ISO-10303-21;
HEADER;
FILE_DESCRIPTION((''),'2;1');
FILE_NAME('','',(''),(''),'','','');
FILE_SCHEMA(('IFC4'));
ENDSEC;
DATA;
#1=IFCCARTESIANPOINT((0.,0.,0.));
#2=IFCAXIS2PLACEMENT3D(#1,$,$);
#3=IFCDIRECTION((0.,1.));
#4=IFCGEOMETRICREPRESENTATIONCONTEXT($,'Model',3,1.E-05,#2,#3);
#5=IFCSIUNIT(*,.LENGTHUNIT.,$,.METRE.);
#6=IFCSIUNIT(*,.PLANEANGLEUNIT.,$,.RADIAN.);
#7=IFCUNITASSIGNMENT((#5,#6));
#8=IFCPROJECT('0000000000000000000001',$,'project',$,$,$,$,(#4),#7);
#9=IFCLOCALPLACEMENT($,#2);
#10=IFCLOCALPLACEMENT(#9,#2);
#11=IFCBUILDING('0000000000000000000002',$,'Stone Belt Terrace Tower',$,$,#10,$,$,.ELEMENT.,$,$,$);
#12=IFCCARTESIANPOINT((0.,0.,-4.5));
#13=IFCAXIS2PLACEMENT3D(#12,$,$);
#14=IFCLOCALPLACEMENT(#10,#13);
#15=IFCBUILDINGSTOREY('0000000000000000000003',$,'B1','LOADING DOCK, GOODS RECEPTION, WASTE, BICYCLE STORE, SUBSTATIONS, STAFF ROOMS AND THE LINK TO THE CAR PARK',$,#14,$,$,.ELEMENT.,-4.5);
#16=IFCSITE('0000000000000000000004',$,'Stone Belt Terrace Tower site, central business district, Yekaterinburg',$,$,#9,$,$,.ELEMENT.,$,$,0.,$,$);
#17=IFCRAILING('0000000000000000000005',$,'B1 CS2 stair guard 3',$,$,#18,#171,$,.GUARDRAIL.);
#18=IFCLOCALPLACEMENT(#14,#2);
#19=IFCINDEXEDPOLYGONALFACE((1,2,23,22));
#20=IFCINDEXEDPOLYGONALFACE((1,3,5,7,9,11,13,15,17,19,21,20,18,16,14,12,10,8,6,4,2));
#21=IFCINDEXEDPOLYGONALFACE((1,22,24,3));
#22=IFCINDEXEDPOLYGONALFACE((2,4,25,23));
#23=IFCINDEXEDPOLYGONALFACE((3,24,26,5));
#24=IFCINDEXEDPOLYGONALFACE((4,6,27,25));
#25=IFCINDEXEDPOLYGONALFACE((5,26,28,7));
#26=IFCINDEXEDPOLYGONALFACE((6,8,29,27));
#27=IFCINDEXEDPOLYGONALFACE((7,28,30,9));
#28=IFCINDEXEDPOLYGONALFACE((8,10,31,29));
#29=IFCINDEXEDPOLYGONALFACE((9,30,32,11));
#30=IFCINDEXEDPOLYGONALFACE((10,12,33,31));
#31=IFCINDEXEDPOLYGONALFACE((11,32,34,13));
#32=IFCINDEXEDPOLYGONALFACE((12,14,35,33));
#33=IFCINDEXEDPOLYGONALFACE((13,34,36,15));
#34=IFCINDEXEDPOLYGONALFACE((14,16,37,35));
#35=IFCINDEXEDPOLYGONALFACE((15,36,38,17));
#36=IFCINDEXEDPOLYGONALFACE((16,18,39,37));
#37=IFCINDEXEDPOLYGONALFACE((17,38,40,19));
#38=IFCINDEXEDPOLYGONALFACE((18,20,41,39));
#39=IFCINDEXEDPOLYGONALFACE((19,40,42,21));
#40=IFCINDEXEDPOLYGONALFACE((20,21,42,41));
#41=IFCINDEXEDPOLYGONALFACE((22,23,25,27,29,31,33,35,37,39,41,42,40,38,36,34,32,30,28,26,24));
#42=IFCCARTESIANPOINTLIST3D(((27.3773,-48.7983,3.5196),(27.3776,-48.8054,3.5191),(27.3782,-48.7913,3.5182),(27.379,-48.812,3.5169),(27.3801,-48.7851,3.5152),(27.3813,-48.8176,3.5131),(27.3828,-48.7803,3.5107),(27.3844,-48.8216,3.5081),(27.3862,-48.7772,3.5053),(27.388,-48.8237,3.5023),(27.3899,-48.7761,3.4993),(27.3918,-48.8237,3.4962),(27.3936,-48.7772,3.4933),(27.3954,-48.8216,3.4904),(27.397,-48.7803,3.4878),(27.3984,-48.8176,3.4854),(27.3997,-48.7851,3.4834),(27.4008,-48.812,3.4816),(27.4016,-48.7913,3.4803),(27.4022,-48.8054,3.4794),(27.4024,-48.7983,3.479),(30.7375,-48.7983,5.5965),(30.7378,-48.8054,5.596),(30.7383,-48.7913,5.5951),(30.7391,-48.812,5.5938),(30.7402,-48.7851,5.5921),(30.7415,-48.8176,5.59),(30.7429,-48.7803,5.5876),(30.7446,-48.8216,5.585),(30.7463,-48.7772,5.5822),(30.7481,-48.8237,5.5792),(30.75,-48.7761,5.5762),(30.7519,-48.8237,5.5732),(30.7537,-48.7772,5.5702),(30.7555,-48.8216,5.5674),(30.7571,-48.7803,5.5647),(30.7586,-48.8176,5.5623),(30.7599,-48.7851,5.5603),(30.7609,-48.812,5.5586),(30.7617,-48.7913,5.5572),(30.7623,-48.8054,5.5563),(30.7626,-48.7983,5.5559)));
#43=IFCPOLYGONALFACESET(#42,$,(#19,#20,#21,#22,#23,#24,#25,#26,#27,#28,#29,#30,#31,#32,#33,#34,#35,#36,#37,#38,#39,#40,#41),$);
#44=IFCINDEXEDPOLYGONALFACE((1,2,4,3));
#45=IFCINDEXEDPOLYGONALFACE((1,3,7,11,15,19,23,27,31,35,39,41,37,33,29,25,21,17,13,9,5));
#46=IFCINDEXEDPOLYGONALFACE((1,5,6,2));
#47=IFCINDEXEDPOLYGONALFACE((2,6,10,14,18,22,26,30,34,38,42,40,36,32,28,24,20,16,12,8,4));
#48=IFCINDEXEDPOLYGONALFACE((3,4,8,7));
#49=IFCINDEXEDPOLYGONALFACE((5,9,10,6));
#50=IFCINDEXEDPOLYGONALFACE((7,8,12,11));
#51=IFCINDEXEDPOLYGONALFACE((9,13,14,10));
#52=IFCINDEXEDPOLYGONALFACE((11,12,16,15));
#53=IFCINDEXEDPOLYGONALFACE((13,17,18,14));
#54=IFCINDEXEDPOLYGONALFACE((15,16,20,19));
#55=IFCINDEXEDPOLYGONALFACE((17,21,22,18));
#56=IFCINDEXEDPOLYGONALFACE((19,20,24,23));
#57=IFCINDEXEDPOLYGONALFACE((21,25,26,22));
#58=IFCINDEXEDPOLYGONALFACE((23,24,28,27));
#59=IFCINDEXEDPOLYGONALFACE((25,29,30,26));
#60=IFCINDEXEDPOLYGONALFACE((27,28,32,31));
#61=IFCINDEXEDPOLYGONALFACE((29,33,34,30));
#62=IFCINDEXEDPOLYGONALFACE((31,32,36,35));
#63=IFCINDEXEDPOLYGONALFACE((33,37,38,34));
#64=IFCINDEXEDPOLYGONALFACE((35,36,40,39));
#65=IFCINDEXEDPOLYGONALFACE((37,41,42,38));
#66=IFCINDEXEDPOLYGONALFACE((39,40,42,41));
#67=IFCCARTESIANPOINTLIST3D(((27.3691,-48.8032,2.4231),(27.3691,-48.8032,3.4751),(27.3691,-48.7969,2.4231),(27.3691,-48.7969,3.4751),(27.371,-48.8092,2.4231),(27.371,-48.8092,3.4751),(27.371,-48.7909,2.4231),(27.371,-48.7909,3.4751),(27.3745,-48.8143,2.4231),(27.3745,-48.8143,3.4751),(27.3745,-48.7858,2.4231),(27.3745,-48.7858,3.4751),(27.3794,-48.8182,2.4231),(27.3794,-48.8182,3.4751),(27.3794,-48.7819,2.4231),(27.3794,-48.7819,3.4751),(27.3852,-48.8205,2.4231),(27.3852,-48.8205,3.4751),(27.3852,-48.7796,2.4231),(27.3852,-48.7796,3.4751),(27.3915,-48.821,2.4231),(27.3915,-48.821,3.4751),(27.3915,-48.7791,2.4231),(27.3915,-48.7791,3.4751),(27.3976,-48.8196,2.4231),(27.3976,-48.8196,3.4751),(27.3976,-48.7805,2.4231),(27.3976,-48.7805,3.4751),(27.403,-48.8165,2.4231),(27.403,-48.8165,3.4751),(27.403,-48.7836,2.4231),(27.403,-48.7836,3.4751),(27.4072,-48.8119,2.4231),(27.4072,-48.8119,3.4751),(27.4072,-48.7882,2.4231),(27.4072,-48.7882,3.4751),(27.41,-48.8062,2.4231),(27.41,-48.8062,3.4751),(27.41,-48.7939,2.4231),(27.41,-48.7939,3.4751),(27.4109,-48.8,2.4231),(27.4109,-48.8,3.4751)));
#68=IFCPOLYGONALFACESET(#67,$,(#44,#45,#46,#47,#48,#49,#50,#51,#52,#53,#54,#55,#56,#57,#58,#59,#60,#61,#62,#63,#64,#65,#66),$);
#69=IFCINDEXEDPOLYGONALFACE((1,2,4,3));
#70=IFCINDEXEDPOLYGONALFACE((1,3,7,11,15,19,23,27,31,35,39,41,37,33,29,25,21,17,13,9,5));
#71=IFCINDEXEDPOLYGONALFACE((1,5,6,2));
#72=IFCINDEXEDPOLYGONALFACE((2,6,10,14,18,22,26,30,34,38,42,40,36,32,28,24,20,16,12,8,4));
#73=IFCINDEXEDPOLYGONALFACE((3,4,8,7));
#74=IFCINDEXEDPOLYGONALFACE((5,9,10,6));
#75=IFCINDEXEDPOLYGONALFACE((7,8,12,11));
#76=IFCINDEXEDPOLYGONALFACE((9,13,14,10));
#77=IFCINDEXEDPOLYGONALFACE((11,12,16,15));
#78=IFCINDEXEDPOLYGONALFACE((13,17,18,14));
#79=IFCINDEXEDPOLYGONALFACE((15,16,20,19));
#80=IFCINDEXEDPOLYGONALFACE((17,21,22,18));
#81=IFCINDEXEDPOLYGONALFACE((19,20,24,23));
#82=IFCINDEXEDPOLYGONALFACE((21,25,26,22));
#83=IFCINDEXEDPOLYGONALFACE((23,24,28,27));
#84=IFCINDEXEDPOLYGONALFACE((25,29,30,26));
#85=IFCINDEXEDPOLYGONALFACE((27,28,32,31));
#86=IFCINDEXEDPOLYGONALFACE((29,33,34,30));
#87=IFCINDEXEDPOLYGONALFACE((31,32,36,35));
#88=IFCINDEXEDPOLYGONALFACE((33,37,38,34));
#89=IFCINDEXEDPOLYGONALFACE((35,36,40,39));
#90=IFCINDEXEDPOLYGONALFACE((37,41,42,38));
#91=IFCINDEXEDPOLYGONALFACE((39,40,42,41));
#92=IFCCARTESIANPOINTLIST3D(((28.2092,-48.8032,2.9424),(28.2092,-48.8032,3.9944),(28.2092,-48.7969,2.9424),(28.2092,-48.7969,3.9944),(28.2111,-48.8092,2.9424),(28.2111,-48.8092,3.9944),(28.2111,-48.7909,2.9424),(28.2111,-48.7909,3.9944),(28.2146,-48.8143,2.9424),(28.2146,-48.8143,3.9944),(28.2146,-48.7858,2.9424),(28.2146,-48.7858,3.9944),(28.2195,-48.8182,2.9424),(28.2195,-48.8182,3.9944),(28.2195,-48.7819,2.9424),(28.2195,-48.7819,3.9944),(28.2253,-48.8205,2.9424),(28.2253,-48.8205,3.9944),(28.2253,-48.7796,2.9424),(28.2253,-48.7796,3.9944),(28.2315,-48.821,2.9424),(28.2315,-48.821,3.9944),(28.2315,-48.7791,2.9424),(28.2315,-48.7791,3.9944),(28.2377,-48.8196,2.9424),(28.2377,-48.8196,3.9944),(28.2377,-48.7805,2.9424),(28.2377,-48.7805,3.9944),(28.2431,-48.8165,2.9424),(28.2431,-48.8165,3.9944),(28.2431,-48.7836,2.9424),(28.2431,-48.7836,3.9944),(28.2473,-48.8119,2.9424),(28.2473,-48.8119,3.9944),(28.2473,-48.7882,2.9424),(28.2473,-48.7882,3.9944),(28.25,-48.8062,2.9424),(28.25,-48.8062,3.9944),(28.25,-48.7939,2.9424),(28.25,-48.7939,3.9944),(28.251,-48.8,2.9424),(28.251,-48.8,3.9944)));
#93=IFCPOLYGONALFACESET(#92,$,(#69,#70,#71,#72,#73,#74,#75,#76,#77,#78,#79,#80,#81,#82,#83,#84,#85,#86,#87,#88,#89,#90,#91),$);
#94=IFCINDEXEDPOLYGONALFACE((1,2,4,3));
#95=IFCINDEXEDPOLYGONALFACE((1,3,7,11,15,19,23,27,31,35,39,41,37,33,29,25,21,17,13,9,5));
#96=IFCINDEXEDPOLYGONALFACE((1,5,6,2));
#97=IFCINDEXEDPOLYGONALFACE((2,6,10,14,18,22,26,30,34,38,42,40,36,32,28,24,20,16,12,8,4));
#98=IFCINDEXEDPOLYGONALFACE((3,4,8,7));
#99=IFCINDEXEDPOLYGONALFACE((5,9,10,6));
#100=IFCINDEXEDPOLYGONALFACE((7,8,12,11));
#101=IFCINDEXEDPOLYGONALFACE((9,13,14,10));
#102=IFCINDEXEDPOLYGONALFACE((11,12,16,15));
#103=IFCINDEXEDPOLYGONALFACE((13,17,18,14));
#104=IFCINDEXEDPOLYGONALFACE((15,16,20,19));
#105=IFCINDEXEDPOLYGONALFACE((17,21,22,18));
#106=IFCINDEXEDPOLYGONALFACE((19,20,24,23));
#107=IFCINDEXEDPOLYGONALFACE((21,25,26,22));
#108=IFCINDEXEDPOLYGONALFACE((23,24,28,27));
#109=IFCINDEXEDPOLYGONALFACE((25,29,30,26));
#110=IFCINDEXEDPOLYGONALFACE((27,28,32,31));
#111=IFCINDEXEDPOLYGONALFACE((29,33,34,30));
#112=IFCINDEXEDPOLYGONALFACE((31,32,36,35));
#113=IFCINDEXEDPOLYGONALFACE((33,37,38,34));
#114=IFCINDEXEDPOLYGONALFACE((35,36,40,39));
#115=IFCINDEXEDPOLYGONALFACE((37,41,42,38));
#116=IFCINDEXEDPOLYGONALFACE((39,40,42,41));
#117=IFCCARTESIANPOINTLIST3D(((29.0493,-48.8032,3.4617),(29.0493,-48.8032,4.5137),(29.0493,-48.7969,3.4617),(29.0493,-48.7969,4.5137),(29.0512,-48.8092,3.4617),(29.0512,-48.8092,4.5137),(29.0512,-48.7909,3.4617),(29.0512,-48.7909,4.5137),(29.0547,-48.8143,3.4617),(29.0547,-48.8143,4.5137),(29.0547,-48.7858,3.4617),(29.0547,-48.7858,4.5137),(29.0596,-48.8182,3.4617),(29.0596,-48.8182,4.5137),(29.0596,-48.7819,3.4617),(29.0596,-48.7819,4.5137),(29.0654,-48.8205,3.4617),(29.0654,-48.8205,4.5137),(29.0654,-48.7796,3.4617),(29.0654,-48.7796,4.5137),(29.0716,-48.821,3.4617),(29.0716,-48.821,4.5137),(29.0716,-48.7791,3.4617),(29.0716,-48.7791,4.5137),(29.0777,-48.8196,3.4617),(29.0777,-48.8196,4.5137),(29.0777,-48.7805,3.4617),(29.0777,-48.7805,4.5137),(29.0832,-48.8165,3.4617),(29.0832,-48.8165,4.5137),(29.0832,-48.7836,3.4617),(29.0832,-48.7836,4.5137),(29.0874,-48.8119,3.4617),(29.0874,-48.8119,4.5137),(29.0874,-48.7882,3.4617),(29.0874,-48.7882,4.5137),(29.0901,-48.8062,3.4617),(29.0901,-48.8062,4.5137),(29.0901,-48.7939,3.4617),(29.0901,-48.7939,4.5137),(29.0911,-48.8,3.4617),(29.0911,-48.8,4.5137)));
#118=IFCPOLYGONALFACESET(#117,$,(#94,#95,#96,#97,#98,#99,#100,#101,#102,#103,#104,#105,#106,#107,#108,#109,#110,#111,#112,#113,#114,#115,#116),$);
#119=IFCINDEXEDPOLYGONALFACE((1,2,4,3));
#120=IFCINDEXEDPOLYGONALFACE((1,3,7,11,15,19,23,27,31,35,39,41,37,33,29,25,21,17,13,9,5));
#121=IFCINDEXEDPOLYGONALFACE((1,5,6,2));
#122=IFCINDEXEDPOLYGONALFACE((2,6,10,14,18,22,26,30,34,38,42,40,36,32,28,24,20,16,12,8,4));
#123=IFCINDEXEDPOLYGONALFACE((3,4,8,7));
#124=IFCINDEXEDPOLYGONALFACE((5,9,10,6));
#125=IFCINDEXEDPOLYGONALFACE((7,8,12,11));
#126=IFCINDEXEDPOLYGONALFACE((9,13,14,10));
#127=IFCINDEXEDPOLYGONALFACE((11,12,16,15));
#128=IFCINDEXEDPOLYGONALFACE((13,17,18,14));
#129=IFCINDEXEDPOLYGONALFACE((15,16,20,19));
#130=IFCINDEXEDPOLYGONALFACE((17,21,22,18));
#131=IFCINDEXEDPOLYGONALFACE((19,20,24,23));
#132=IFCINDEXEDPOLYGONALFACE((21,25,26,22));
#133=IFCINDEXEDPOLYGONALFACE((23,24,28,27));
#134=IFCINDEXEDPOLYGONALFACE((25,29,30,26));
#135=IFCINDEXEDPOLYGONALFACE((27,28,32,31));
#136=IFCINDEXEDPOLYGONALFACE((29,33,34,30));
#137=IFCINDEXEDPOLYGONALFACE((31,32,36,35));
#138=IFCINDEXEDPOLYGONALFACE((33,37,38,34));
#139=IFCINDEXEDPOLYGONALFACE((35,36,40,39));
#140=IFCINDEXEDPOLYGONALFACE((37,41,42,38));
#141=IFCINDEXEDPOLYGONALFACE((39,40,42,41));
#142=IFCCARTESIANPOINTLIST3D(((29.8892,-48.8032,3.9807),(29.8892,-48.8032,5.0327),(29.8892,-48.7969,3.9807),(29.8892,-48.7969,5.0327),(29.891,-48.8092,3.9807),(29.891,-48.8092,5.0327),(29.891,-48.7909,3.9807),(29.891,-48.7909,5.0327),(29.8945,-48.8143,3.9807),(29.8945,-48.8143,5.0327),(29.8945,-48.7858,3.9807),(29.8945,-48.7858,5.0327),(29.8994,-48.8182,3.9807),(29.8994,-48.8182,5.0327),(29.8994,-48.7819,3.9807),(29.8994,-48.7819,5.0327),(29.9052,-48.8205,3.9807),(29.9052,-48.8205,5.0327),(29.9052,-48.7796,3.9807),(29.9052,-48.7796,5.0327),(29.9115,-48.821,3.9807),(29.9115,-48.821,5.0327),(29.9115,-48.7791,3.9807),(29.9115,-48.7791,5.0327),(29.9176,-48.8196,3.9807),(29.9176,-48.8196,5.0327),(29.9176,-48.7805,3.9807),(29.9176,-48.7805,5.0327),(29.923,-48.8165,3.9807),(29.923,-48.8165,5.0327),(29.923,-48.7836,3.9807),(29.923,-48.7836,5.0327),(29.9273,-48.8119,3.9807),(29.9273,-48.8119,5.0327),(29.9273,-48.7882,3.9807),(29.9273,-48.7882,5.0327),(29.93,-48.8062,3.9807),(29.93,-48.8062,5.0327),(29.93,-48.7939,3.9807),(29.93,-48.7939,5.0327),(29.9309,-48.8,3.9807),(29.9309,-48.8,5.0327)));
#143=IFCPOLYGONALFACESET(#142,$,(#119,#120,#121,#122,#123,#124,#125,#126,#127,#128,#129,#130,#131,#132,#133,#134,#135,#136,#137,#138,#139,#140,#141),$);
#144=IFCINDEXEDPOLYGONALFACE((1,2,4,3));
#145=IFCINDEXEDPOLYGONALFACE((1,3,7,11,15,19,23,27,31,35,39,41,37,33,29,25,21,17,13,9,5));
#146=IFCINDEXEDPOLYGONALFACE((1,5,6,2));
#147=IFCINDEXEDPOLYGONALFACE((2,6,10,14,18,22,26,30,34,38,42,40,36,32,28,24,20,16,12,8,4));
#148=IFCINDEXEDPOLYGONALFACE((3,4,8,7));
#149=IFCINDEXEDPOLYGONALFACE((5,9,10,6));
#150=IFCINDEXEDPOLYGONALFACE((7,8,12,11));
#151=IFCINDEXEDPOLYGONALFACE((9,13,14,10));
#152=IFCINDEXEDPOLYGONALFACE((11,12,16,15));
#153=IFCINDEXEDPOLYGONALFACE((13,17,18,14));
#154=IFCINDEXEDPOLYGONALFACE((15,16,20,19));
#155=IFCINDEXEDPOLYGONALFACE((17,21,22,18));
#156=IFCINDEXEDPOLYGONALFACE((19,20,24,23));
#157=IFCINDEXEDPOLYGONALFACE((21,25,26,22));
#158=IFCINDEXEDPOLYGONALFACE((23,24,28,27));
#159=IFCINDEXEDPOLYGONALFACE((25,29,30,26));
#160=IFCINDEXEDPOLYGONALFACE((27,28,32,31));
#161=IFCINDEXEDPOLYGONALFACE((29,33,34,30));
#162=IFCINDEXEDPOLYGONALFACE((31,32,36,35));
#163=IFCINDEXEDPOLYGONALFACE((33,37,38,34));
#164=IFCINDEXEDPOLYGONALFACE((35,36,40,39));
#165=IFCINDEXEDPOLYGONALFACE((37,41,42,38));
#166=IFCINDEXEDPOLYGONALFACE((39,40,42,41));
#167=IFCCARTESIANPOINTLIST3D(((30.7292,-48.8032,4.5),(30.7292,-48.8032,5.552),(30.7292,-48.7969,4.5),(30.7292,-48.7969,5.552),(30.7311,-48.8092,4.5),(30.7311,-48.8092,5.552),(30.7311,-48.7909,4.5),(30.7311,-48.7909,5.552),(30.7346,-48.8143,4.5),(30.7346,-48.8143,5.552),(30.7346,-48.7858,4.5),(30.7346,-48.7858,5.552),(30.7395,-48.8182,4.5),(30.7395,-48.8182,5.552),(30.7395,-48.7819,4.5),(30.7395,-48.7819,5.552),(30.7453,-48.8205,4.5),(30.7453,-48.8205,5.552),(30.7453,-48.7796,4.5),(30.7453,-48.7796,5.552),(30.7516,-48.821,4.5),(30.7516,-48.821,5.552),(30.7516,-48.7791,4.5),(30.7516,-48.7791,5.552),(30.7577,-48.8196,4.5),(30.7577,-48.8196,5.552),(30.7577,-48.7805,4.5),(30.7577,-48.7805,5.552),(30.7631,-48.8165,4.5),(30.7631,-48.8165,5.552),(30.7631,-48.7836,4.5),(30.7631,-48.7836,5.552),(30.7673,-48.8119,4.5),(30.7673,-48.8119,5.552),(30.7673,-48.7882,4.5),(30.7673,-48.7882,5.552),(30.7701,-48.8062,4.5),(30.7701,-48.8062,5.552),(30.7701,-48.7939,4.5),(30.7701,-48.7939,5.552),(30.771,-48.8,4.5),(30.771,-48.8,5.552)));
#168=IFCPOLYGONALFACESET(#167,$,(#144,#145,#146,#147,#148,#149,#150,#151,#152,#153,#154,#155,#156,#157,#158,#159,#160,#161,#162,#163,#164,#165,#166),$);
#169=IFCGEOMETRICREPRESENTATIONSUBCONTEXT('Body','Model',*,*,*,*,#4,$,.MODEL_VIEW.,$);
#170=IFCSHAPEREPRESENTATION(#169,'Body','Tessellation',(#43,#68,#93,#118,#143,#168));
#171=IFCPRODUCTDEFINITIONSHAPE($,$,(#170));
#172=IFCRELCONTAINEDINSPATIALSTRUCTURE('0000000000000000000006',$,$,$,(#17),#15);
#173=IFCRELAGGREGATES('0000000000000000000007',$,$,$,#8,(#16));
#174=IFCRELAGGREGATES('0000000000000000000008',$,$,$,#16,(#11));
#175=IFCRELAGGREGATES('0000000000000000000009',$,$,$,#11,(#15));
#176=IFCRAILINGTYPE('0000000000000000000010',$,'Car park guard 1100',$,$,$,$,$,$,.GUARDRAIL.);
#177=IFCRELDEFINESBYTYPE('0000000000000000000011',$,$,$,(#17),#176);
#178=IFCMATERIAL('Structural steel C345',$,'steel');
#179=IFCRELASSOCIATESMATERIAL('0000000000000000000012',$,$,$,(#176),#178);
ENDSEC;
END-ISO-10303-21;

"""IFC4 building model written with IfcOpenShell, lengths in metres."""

from ifc_helpers import new_model, si_unit, direction, frame, origin, origin_2d, place, context, subcontext, project, spatial, circle, extrude, material, type_object, element, save


model = new_model("IFC4")

# Units and contexts
model_context = context("Model", 3, precision=1e-05, world=origin(), true_north=direction((0.0, 1.0)))
body_context = subcontext(model_context, "Body", "Model", "MODEL_VIEW")
ifc_project = project(units=[si_unit("LENGTHUNIT", "METRE"), si_unit("PLANEANGLEUNIT", "RADIAN")], contexts=[model_context])

# Site, building, storey
site_placement = place(None, origin())
site = spatial("IfcSite", under=ifc_project, at=site_placement, Name="Stone Belt Terrace Tower site, central business district, Yekaterinburg", CompositionType="ELEMENT", RefElevation=0.0)
building_placement = place(site_placement, origin())
building = spatial("IfcBuilding", under=site, at=building_placement, Name="Stone Belt Terrace Tower", CompositionType="ELEMENT")
storey_placement = place(building_placement, frame((0.0, 0.0, -4.5)))
storey = spatial("IfcBuildingStorey", under=building, at=storey_placement, Name="B1", Description="LOADING DOCK, GOODS RECEPTION, WASTE, BICYCLE STORE, SUBSTATIONS, STAFF ROOMS AND THE LINK TO THE CAR PARK", CompositionType="ELEMENT", Elevation=-4.5)

# Railing
ifc_material_1 = material(Name="Structural steel C345", Category="steel")
railing_type_1 = type_object("IfcRailingType", Name="Car park guard 1100", PredefinedType="GUARDRAIL", material=ifc_material_1)
railing_1_placement = place(storey_placement, frame((27.3899, -48.8, 2.4231)))
element("IfcRailing", 1, at=railing_1_placement, inside=storey, type_object=railing_type_1, Name="B1 CS2 stair guard 3", PredefinedType="GUARDRAIL", context=body_context, shape_type="SweptSolid", body=[
    extrude(circle(Radius=0.0239, at=origin_2d()), frame((0.0, 0.0, 1.0762), z_axis=(0.850623, 0.0, 0.525776), x_axis=(0.0, 1.0, 0.0)), (0.0, 0.0, 1.0), 3.9502),
    extrude(circle(Radius=0.021, at=origin_2d()), origin(), (0.0, 0.0, 1.0), 1.052),
    extrude(circle(Radius=0.021, at=origin_2d()), frame((0.8401, 0.0, 0.5193)), (0.0, 0.0, 1.0), 1.052),
    extrude(circle(Radius=0.021, at=origin_2d()), frame((1.6802, 0.0, 1.0386)), (0.0, 0.0, 1.0), 1.052),
    extrude(circle(Radius=0.021, at=origin_2d()), frame((2.52, 0.0, 1.5576)), (0.0, 0.0, 1.0), 1.052),
    extrude(circle(Radius=0.021, at=origin_2d()), frame((3.3601, 0.0, 2.0769)), (0.0, 0.0, 1.0), 1.052),
])

save(model, "model.ifc")
